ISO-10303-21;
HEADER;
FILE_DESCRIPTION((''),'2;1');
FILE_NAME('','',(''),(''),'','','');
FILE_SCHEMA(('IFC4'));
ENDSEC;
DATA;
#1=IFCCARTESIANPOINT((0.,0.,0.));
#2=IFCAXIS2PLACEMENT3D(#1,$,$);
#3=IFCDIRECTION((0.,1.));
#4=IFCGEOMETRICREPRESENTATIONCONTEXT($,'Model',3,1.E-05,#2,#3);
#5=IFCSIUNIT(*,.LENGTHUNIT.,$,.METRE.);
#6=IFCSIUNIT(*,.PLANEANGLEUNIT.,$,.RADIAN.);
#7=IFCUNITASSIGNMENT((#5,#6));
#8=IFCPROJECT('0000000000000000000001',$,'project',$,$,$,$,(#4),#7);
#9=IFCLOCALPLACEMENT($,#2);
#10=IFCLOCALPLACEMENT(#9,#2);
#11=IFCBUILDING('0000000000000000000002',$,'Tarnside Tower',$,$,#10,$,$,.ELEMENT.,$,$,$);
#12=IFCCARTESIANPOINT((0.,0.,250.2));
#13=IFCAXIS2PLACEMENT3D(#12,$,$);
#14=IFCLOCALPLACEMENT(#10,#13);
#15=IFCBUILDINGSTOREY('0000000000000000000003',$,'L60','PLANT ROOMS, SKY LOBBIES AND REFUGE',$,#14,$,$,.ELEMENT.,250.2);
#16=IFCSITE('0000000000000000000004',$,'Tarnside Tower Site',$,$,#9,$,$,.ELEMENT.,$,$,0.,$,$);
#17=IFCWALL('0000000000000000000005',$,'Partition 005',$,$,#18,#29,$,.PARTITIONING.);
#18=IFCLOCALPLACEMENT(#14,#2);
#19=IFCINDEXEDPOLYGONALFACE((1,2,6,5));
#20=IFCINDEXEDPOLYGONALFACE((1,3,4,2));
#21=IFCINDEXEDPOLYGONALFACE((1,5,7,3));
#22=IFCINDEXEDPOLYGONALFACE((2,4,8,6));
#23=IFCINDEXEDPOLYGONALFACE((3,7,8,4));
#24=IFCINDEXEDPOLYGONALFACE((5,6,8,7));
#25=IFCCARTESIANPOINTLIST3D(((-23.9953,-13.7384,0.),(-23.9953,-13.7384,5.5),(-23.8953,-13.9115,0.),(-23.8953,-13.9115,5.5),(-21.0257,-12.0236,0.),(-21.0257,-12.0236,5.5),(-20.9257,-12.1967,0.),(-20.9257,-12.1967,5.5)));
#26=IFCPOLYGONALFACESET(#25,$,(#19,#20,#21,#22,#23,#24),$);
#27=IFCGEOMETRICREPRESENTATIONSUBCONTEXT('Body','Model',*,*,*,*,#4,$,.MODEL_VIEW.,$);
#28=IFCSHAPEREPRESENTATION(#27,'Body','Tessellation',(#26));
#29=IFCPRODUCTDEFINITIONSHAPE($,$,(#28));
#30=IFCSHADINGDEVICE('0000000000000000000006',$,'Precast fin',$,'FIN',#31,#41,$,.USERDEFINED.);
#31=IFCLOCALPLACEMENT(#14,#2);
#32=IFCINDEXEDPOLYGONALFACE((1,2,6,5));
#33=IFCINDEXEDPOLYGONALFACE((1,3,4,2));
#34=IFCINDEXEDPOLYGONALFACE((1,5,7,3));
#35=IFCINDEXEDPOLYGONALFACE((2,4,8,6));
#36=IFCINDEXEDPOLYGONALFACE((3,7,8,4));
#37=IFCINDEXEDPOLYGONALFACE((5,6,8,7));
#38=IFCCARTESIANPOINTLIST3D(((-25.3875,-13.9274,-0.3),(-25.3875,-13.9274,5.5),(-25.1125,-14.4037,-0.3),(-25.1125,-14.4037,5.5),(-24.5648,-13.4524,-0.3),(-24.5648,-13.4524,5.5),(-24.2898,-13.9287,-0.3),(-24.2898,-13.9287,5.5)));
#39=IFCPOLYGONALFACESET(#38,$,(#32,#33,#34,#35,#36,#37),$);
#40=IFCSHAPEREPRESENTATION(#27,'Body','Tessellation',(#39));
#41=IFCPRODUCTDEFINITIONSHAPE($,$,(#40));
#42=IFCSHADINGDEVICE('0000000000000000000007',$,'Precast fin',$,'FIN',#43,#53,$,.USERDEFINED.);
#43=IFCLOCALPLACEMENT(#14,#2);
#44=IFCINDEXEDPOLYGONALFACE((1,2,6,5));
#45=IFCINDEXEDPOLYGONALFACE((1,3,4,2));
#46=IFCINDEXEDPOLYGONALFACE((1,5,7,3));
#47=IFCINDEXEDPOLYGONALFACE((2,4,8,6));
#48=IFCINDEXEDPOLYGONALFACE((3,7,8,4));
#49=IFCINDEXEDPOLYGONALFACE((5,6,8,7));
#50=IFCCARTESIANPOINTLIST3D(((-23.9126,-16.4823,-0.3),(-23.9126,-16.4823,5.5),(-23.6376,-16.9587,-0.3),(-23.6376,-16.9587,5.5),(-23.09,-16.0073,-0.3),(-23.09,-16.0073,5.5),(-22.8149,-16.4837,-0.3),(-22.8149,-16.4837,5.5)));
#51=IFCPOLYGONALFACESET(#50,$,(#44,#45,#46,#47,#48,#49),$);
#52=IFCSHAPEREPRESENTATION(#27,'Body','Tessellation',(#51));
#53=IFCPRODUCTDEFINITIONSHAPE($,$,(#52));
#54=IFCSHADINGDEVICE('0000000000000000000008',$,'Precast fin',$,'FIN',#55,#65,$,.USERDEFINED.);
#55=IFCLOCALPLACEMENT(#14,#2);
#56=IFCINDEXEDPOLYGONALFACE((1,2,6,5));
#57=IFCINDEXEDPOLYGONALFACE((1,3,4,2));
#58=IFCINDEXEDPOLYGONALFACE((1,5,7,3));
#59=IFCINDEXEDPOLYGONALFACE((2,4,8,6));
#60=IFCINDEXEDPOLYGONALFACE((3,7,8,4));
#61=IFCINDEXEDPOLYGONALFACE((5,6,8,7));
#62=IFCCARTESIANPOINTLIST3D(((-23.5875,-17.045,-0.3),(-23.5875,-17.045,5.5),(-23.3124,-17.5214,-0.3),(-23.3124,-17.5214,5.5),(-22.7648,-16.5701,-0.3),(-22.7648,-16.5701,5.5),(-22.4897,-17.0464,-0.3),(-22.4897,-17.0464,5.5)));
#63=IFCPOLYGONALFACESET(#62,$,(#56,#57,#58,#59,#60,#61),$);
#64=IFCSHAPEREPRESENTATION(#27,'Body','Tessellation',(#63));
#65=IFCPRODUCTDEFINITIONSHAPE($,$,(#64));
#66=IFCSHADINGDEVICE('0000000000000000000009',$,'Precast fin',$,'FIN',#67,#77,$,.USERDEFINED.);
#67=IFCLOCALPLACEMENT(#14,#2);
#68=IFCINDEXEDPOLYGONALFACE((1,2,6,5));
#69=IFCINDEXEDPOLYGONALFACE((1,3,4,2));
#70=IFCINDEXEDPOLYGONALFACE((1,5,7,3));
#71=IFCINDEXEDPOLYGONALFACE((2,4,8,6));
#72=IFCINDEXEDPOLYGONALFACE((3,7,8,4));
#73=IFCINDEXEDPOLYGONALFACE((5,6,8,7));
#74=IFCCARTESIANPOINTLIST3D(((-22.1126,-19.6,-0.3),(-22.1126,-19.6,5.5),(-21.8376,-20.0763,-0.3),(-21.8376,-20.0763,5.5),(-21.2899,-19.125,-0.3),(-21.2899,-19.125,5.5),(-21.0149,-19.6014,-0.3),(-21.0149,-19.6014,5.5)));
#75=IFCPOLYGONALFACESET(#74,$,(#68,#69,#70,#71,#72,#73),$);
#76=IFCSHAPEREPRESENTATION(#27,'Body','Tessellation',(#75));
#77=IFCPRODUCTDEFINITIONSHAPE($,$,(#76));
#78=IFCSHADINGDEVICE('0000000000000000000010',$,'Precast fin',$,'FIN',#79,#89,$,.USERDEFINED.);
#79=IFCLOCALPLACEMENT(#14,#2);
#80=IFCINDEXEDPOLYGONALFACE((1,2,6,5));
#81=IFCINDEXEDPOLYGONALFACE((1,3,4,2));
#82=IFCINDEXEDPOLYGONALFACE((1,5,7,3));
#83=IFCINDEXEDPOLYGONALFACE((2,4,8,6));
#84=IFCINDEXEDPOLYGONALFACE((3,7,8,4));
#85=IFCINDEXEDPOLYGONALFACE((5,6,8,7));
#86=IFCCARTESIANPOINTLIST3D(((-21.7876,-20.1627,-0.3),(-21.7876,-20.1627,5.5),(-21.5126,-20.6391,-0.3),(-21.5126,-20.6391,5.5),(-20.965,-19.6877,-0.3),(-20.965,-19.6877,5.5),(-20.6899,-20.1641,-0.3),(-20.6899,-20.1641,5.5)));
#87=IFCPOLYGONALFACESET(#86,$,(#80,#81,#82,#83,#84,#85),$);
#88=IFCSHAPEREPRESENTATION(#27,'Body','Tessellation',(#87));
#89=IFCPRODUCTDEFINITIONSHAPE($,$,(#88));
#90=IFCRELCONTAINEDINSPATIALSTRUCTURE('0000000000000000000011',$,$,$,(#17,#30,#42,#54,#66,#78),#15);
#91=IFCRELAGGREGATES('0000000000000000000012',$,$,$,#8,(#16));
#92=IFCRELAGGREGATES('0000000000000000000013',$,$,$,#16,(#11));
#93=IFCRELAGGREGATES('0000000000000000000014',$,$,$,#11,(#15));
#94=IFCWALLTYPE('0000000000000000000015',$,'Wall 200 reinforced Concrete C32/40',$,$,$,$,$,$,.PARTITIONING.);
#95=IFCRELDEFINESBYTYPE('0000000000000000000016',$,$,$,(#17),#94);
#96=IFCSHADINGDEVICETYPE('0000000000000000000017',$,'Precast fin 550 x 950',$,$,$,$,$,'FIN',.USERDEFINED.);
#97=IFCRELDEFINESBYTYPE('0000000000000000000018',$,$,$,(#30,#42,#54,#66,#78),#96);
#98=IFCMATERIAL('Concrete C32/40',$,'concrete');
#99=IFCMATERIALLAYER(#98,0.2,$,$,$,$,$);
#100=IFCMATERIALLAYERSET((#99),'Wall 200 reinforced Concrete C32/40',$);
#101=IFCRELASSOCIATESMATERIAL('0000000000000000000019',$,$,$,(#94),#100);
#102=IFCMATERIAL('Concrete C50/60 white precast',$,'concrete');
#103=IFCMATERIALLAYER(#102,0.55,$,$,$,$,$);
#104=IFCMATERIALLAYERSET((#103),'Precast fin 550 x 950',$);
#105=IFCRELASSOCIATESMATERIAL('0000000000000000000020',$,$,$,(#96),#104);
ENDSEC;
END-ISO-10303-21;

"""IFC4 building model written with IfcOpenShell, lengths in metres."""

from ifc_helpers import new_model, si_unit, direction, frame, frame_2d, origin, place, context, subcontext, project, spatial, polyline, rectangle, outline, extrude, material, layer, layer_set, type_object, element, save


model = new_model("IFC4")

# Units and contexts
model_context = context("Model", 3, precision=1e-05, world=origin(), true_north=direction((0.0, 1.0)))
body_context = subcontext(model_context, "Body", "Model", "MODEL_VIEW")
ifc_project = project(units=[si_unit("LENGTHUNIT", "METRE"), si_unit("PLANEANGLEUNIT", "RADIAN")], contexts=[model_context])

# Site, building, storey
site_placement = place(None, origin())
site = spatial("IfcSite", under=ifc_project, at=site_placement, Name="Tarnside Tower Site", CompositionType="ELEMENT", RefElevation=0.0)
building_placement = place(site_placement, origin())
building = spatial("IfcBuilding", under=site, at=building_placement, Name="Tarnside Tower", CompositionType="ELEMENT")
storey_placement = place(building_placement, frame((0.0, 0.0, 250.2)))
storey = spatial("IfcBuildingStorey", under=building, at=storey_placement, Name="L60", Description="PLANT ROOMS, SKY LOBBIES AND REFUGE", CompositionType="ELEMENT", Elevation=250.2)

# Wall
ifc_material_1 = material(Name="Concrete C32/40", Category="concrete")
ifc_layer_1 = layer(ifc_material_1, 0.2)
ifc_layer_set_1 = layer_set([ifc_layer_1], Name="Wall 200 reinforced Concrete C32/40")
wall_type = type_object("IfcWallType", Name="Wall 200 reinforced Concrete C32/40", PredefinedType="PARTITIONING", material=ifc_layer_set_1)
wall_placement = place(storey_placement, frame((-23.9453, -13.825, 0.0), z_axis=(0.0, 0.0, 1.0), x_axis=(0.865991, 0.500059, 0.0)))
element("IfcWall", 1, at=wall_placement, inside=storey, type_object=wall_type, Name="Partition 005", PredefinedType="PARTITIONING", context=body_context, shape_type="SweptSolid", body=[
    extrude(rectangle(XDim=3.4292, YDim=0.2, at=frame_2d((1.7146, 0.0))), origin(), (0.0, 0.0, 1.0), 5.5),
])

# Shading devices
ifc_material_2 = material(Name="Concrete C50/60 white precast", Category="concrete")
ifc_layer_2 = layer(ifc_material_2, 0.55)
ifc_layer_set_2 = layer_set([ifc_layer_2], Name="Precast fin 550 x 950")
shading_device_type = type_object("IfcShadingDeviceType", Name="Precast fin 550 x 950", ElementType="FIN", PredefinedType="USERDEFINED", material=ifc_layer_set_2)
for number, where, z_axis, x_axis, name in (
    (2, (-24.4272, -13.6907, -0.3), (-0.5, 0.866025, 0.0), (-0.866025, -0.5, 0.0), "Precast fin"),
    (3, (-22.9524, -16.2456, -0.3), (-0.5, 0.866025, 0.0), (-0.866025, -0.5, 0.0), "Precast fin"),
    (4, (-22.6272, -16.8083, -0.3), (-0.5, 0.866025, 0.0), (-0.866025, -0.5, 0.0), "Precast fin"),
    (5, (-21.1523, -19.3633, -0.3), (-0.5, 0.866025, 0.0), (-0.866025, -0.5, 0.0), "Precast fin"),
    (6, (-20.8274, -19.926, -0.3), (-0.5, 0.866025, 0.0), (-0.866025, -0.5, 0.0), "Precast fin"),
):
    element("IfcShadingDevice", number, at=place(storey_placement, frame(where, z_axis=z_axis, x_axis=x_axis)), inside=storey, type_object=shading_device_type, Name=name, ObjectType="FIN", PredefinedType="USERDEFINED", context=body_context, shape_type="SweptSolid", body=[
        extrude(outline(polyline([(0.0, 0.0), (0.95, 0.0), (0.95, 5.8), (0.0, 5.8), (0.0, 0.0)])), frame((0.0, 0.0, -0.2749)), (0.0, 0.0, 1.0), 0.55),
    ])

save(model, "model.ifc")
